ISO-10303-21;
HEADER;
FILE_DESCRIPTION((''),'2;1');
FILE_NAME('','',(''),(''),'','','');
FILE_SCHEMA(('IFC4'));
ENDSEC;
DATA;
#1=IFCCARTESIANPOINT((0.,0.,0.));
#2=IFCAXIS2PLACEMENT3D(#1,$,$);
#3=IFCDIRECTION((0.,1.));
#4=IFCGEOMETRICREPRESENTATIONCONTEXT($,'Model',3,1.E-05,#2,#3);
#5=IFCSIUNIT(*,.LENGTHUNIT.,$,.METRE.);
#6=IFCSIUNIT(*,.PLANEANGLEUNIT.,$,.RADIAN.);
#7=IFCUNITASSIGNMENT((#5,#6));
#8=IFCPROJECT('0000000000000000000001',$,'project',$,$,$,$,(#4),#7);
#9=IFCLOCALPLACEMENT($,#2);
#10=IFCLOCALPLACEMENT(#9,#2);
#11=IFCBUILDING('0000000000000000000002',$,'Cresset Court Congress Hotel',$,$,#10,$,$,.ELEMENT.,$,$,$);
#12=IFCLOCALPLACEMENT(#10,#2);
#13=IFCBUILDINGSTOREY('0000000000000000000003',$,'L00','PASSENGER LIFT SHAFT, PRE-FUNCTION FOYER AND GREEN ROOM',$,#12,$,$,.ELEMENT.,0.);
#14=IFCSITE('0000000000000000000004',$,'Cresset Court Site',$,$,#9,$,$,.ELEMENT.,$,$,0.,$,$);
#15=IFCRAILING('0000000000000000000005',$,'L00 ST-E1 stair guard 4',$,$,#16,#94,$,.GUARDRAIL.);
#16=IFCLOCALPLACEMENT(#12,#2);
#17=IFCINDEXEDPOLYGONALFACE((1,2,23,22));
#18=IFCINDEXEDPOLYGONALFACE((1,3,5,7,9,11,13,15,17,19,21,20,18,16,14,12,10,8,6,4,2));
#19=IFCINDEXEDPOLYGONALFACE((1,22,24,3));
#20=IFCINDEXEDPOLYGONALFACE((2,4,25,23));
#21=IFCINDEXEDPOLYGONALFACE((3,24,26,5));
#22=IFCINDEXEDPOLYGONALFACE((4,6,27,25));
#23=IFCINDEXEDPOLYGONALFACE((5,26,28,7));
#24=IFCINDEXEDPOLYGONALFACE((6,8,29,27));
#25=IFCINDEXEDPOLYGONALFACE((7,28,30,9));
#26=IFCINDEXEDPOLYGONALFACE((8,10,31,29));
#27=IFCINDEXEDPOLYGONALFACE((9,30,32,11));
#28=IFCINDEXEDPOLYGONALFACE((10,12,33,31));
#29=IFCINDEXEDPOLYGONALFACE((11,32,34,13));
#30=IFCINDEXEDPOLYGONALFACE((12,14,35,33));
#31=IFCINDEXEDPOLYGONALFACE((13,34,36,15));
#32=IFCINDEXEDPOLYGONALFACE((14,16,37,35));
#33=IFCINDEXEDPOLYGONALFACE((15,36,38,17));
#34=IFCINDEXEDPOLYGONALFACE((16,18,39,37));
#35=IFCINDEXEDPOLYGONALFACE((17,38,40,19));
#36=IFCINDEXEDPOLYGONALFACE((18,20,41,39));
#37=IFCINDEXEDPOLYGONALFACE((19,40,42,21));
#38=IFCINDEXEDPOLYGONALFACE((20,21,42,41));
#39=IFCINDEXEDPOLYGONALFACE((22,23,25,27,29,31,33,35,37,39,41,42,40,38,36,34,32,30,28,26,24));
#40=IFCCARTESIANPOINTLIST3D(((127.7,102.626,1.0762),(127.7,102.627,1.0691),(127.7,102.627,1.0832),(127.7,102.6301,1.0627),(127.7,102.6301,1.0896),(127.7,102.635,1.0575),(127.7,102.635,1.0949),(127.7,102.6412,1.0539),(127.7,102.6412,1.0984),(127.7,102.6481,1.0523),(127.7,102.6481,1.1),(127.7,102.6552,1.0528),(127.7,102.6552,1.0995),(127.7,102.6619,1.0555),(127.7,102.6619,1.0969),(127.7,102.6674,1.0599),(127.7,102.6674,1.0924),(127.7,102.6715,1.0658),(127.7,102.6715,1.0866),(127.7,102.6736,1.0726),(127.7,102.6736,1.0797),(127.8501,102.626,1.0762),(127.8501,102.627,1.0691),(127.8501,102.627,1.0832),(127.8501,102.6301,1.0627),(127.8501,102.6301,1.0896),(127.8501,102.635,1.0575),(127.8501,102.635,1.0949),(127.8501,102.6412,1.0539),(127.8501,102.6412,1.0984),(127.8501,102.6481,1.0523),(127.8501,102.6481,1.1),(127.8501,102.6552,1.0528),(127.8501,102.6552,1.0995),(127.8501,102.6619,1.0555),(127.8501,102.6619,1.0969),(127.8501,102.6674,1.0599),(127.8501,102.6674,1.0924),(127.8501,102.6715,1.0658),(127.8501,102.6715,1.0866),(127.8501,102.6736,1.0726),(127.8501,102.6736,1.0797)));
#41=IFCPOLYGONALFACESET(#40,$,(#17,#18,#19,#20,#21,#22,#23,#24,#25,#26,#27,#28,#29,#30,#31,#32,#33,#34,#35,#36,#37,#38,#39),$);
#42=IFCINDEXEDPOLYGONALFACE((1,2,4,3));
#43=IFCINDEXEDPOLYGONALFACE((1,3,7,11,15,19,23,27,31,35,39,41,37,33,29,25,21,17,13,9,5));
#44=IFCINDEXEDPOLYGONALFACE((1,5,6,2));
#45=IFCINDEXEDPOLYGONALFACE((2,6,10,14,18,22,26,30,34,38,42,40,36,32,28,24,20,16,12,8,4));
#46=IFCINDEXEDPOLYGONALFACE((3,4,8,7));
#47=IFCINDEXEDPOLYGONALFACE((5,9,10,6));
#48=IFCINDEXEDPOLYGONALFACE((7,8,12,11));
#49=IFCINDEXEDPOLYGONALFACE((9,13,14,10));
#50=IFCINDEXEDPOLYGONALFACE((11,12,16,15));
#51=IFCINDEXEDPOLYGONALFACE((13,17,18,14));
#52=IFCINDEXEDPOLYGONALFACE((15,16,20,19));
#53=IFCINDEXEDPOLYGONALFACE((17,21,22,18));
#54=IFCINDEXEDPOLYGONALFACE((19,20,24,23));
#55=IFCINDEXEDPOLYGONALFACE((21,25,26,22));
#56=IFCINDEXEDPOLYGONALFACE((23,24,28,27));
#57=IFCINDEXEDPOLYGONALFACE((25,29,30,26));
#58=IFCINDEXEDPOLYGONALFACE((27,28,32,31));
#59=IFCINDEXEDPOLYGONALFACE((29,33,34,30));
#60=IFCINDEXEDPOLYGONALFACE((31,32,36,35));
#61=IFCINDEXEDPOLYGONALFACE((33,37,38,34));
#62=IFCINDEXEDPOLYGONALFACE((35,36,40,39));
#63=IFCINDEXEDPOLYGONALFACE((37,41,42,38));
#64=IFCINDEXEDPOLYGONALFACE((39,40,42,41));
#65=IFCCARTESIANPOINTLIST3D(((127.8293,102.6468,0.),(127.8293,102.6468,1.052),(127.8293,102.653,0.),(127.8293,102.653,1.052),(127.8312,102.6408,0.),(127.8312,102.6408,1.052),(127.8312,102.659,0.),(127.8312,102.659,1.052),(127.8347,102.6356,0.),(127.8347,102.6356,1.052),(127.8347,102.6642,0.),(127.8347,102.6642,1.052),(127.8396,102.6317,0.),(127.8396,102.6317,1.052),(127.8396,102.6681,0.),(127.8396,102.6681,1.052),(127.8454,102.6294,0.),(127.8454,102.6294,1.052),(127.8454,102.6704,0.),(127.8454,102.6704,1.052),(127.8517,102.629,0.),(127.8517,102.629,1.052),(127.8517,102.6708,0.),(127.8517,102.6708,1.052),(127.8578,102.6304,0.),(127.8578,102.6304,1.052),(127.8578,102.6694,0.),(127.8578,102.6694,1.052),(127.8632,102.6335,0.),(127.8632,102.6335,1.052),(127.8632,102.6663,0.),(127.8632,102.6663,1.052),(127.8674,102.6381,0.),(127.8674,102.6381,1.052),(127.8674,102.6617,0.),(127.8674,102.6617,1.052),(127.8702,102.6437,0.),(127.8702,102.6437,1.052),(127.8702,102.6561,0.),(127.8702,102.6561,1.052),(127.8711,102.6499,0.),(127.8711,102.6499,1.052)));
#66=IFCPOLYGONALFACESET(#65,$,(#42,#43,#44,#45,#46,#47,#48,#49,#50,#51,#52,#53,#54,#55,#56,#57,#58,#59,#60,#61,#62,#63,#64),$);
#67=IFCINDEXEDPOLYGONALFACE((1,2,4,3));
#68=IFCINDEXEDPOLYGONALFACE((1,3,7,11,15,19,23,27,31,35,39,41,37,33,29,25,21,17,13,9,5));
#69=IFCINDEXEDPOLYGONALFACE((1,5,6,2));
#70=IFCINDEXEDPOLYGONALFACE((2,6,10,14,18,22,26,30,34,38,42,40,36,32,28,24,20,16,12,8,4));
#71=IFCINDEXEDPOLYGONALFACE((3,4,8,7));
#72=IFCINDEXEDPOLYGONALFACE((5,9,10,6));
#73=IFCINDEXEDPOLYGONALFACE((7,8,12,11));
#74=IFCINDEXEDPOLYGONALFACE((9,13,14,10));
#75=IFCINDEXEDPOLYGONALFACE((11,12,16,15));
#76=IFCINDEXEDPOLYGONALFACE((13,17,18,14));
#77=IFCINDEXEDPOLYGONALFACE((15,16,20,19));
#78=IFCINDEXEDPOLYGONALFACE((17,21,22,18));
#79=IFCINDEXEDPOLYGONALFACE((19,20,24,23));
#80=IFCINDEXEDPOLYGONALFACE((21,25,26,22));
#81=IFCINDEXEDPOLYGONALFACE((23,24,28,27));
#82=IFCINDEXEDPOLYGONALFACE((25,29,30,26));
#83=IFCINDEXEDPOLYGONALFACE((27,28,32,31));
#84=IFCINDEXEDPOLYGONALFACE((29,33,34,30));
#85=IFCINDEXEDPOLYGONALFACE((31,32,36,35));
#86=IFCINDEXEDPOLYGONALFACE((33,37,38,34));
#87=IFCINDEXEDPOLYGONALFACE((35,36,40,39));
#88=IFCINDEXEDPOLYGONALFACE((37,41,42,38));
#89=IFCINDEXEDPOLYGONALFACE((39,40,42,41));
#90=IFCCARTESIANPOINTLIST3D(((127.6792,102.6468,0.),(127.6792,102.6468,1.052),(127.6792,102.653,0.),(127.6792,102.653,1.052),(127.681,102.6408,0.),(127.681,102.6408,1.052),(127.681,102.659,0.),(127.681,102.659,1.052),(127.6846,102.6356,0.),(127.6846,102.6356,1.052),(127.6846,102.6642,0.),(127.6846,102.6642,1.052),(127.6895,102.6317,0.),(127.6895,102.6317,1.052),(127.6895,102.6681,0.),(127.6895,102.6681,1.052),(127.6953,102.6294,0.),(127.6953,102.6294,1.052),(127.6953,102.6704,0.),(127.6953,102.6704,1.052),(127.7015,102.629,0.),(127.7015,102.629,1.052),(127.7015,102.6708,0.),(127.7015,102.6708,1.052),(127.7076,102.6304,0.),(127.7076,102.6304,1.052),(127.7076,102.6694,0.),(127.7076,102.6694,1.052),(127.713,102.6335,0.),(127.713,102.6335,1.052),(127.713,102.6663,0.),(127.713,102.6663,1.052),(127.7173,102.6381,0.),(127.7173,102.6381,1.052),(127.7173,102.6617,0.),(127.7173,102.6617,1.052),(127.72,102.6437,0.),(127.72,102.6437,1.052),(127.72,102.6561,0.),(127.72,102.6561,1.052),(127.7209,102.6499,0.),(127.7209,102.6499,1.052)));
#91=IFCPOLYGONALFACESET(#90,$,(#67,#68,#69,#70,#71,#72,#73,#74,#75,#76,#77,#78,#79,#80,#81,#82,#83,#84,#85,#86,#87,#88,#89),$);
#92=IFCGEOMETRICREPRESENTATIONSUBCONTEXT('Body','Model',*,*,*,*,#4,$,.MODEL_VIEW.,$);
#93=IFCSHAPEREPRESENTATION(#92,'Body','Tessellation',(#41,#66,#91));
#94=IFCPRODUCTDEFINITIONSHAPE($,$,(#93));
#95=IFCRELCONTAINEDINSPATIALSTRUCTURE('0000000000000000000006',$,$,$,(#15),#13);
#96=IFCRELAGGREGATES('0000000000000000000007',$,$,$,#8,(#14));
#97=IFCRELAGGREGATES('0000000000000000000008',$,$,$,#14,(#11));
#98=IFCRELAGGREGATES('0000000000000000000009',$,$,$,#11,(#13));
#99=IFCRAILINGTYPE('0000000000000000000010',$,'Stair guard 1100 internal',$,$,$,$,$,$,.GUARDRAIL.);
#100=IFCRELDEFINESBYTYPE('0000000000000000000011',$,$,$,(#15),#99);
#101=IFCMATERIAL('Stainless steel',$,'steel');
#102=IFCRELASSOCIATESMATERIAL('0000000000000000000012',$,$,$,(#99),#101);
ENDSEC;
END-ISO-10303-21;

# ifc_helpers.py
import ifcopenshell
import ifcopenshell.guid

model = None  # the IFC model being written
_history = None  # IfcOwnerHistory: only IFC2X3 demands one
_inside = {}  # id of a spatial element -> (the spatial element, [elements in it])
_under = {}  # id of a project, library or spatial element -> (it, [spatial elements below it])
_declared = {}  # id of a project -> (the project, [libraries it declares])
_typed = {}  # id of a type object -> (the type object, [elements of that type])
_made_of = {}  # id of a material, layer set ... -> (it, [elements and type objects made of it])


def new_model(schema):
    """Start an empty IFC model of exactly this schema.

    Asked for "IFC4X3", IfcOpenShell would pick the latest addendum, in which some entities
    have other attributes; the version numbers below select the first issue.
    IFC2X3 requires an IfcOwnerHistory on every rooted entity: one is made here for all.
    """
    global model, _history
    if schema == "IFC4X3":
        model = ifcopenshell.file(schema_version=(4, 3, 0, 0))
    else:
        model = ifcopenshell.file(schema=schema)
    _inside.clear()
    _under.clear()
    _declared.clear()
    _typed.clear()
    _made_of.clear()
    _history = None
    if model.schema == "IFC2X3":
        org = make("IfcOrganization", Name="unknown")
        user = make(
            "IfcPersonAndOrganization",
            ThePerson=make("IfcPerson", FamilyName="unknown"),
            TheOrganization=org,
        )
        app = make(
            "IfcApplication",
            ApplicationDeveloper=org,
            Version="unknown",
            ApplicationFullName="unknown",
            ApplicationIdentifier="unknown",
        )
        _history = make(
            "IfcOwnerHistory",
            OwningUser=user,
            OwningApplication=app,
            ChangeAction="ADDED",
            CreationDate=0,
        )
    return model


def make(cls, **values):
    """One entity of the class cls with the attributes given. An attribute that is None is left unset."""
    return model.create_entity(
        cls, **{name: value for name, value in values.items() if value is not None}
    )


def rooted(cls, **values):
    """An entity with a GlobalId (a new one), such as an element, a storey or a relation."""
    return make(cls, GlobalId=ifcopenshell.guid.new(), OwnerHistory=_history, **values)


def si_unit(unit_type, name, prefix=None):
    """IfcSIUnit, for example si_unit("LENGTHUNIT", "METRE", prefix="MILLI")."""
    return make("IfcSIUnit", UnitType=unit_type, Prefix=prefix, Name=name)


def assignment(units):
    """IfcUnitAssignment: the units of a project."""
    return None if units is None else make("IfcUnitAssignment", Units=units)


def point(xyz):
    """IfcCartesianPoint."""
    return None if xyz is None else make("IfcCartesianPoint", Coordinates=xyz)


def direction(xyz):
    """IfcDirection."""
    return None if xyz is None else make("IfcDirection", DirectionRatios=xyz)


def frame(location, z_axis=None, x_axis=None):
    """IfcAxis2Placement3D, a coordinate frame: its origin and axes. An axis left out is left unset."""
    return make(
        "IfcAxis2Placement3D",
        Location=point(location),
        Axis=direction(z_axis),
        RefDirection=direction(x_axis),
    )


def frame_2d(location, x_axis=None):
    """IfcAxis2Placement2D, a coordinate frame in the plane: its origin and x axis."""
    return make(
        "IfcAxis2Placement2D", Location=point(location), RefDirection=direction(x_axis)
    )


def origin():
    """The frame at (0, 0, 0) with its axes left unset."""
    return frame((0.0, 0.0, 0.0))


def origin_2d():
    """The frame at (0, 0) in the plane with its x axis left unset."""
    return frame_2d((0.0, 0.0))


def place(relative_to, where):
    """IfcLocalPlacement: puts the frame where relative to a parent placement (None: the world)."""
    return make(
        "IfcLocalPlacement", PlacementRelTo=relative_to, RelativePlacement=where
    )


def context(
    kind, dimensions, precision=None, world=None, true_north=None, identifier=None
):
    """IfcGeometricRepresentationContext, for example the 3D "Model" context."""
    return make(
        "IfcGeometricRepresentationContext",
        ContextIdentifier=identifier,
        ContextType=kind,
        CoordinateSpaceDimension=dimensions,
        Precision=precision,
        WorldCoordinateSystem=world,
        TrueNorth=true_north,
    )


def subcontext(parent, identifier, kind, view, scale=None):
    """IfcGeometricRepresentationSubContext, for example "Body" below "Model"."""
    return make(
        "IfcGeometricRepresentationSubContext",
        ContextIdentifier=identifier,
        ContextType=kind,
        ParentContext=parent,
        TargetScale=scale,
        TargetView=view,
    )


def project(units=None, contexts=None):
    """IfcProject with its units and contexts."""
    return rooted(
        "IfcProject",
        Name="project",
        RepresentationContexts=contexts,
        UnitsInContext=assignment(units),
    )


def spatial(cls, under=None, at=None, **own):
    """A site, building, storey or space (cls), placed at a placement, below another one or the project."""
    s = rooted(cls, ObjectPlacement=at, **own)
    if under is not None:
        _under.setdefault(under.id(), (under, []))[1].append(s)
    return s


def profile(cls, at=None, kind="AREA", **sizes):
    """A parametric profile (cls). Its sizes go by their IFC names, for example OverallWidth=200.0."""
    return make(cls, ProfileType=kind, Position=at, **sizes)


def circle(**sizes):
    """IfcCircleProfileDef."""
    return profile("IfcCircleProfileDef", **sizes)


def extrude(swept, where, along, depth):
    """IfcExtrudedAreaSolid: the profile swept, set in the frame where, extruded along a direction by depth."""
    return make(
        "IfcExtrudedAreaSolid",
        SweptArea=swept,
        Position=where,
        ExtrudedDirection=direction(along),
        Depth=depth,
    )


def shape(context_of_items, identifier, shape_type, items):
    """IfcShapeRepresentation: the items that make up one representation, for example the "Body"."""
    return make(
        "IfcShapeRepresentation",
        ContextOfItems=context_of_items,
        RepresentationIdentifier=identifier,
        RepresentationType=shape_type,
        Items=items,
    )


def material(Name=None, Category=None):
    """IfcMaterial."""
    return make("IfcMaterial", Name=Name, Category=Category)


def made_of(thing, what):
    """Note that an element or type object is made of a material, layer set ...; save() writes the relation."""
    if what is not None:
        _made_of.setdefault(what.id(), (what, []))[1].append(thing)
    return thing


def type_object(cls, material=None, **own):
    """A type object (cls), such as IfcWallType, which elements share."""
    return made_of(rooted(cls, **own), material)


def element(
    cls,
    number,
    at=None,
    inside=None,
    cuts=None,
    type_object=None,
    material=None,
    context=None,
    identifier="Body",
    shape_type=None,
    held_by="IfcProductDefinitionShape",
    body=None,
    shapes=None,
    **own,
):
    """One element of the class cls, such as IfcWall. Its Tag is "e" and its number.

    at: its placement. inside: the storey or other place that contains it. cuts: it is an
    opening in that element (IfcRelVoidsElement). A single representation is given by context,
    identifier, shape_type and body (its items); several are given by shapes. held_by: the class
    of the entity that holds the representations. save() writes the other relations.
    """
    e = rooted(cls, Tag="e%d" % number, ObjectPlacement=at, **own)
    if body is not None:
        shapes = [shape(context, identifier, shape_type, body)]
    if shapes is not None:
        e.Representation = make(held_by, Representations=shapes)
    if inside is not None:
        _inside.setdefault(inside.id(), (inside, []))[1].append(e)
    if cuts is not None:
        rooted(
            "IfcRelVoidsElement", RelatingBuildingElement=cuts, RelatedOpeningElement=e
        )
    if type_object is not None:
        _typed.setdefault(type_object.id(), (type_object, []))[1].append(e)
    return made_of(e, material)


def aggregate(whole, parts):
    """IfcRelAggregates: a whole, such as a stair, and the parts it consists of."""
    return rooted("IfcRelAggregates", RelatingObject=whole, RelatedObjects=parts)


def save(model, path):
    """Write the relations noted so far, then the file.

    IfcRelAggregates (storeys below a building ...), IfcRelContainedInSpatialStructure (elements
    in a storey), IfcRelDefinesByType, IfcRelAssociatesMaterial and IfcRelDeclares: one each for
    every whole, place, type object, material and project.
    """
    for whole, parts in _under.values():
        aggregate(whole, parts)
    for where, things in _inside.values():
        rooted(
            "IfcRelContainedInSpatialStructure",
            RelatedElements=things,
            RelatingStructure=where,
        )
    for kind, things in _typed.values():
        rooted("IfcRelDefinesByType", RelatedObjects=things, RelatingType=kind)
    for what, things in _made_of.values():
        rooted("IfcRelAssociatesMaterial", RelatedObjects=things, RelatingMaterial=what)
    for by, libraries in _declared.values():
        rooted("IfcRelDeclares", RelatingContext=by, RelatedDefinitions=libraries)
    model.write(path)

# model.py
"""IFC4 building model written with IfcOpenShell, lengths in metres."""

from ifc_helpers import new_model, si_unit, direction, frame, origin, origin_2d, place, context, subcontext, project, spatial, circle, extrude, material, type_object, element, save


model = new_model("IFC4")

# Units and contexts
model_context = context("Model", 3, precision=1e-05, world=origin(), true_north=direction((0.0, 1.0)))
body_context = subcontext(model_context, "Body", "Model", "MODEL_VIEW")
ifc_project = project(units=[si_unit("LENGTHUNIT", "METRE"), si_unit("PLANEANGLEUNIT", "RADIAN")], contexts=[model_context])

# Site, building, storey
site_placement = place(None, origin())
site = spatial("IfcSite", under=ifc_project, at=site_placement, Name="Cresset Court Site", CompositionType="ELEMENT", RefElevation=0.0)
building_placement = place(site_placement, origin())
building = spatial("IfcBuilding", under=site, at=building_placement, Name="Cresset Court Congress Hotel", CompositionType="ELEMENT")
storey_placement = place(building_placement, origin())
storey = spatial("IfcBuildingStorey", under=building, at=storey_placement, Name="L00", Description="PASSENGER LIFT SHAFT, PRE-FUNCTION FOYER AND GREEN ROOM", CompositionType="ELEMENT", Elevation=0.0)

# Railing
ifc_material_1 = material(Name="Stainless steel", Category="steel")
railing_type = type_object("IfcRailingType", Name="Stair guard 1100 internal", PredefinedType="GUARDRAIL", material=ifc_material_1)
railing_placement = place(storey_placement, frame((127.8501, 102.6499, 0.0)))
element("IfcRailing", 1, at=railing_placement, inside=storey, type_object=railing_type, Name="L00 ST-E1 stair guard 4", PredefinedType="GUARDRAIL", context=body_context, shape_type="SweptSolid", body=[
    extrude(circle(Radius=0.0239, at=origin_2d()), frame((0.0, 0.0, 1.0762), z_axis=(-1.0, 0.0, 0.0), x_axis=(0.0, -1.0, 0.0)), (0.0, 0.0, 1.0), 0.1501),
    extrude(circle(Radius=0.021, at=origin_2d()), origin(), (0.0, 0.0, 1.0), 1.052),
    extrude(circle(Radius=0.021, at=origin_2d()), frame((-0.1501, 0.0, 0.0)), (0.0, 0.0, 1.0), 1.052),
])

save(model, "model.ifc")
